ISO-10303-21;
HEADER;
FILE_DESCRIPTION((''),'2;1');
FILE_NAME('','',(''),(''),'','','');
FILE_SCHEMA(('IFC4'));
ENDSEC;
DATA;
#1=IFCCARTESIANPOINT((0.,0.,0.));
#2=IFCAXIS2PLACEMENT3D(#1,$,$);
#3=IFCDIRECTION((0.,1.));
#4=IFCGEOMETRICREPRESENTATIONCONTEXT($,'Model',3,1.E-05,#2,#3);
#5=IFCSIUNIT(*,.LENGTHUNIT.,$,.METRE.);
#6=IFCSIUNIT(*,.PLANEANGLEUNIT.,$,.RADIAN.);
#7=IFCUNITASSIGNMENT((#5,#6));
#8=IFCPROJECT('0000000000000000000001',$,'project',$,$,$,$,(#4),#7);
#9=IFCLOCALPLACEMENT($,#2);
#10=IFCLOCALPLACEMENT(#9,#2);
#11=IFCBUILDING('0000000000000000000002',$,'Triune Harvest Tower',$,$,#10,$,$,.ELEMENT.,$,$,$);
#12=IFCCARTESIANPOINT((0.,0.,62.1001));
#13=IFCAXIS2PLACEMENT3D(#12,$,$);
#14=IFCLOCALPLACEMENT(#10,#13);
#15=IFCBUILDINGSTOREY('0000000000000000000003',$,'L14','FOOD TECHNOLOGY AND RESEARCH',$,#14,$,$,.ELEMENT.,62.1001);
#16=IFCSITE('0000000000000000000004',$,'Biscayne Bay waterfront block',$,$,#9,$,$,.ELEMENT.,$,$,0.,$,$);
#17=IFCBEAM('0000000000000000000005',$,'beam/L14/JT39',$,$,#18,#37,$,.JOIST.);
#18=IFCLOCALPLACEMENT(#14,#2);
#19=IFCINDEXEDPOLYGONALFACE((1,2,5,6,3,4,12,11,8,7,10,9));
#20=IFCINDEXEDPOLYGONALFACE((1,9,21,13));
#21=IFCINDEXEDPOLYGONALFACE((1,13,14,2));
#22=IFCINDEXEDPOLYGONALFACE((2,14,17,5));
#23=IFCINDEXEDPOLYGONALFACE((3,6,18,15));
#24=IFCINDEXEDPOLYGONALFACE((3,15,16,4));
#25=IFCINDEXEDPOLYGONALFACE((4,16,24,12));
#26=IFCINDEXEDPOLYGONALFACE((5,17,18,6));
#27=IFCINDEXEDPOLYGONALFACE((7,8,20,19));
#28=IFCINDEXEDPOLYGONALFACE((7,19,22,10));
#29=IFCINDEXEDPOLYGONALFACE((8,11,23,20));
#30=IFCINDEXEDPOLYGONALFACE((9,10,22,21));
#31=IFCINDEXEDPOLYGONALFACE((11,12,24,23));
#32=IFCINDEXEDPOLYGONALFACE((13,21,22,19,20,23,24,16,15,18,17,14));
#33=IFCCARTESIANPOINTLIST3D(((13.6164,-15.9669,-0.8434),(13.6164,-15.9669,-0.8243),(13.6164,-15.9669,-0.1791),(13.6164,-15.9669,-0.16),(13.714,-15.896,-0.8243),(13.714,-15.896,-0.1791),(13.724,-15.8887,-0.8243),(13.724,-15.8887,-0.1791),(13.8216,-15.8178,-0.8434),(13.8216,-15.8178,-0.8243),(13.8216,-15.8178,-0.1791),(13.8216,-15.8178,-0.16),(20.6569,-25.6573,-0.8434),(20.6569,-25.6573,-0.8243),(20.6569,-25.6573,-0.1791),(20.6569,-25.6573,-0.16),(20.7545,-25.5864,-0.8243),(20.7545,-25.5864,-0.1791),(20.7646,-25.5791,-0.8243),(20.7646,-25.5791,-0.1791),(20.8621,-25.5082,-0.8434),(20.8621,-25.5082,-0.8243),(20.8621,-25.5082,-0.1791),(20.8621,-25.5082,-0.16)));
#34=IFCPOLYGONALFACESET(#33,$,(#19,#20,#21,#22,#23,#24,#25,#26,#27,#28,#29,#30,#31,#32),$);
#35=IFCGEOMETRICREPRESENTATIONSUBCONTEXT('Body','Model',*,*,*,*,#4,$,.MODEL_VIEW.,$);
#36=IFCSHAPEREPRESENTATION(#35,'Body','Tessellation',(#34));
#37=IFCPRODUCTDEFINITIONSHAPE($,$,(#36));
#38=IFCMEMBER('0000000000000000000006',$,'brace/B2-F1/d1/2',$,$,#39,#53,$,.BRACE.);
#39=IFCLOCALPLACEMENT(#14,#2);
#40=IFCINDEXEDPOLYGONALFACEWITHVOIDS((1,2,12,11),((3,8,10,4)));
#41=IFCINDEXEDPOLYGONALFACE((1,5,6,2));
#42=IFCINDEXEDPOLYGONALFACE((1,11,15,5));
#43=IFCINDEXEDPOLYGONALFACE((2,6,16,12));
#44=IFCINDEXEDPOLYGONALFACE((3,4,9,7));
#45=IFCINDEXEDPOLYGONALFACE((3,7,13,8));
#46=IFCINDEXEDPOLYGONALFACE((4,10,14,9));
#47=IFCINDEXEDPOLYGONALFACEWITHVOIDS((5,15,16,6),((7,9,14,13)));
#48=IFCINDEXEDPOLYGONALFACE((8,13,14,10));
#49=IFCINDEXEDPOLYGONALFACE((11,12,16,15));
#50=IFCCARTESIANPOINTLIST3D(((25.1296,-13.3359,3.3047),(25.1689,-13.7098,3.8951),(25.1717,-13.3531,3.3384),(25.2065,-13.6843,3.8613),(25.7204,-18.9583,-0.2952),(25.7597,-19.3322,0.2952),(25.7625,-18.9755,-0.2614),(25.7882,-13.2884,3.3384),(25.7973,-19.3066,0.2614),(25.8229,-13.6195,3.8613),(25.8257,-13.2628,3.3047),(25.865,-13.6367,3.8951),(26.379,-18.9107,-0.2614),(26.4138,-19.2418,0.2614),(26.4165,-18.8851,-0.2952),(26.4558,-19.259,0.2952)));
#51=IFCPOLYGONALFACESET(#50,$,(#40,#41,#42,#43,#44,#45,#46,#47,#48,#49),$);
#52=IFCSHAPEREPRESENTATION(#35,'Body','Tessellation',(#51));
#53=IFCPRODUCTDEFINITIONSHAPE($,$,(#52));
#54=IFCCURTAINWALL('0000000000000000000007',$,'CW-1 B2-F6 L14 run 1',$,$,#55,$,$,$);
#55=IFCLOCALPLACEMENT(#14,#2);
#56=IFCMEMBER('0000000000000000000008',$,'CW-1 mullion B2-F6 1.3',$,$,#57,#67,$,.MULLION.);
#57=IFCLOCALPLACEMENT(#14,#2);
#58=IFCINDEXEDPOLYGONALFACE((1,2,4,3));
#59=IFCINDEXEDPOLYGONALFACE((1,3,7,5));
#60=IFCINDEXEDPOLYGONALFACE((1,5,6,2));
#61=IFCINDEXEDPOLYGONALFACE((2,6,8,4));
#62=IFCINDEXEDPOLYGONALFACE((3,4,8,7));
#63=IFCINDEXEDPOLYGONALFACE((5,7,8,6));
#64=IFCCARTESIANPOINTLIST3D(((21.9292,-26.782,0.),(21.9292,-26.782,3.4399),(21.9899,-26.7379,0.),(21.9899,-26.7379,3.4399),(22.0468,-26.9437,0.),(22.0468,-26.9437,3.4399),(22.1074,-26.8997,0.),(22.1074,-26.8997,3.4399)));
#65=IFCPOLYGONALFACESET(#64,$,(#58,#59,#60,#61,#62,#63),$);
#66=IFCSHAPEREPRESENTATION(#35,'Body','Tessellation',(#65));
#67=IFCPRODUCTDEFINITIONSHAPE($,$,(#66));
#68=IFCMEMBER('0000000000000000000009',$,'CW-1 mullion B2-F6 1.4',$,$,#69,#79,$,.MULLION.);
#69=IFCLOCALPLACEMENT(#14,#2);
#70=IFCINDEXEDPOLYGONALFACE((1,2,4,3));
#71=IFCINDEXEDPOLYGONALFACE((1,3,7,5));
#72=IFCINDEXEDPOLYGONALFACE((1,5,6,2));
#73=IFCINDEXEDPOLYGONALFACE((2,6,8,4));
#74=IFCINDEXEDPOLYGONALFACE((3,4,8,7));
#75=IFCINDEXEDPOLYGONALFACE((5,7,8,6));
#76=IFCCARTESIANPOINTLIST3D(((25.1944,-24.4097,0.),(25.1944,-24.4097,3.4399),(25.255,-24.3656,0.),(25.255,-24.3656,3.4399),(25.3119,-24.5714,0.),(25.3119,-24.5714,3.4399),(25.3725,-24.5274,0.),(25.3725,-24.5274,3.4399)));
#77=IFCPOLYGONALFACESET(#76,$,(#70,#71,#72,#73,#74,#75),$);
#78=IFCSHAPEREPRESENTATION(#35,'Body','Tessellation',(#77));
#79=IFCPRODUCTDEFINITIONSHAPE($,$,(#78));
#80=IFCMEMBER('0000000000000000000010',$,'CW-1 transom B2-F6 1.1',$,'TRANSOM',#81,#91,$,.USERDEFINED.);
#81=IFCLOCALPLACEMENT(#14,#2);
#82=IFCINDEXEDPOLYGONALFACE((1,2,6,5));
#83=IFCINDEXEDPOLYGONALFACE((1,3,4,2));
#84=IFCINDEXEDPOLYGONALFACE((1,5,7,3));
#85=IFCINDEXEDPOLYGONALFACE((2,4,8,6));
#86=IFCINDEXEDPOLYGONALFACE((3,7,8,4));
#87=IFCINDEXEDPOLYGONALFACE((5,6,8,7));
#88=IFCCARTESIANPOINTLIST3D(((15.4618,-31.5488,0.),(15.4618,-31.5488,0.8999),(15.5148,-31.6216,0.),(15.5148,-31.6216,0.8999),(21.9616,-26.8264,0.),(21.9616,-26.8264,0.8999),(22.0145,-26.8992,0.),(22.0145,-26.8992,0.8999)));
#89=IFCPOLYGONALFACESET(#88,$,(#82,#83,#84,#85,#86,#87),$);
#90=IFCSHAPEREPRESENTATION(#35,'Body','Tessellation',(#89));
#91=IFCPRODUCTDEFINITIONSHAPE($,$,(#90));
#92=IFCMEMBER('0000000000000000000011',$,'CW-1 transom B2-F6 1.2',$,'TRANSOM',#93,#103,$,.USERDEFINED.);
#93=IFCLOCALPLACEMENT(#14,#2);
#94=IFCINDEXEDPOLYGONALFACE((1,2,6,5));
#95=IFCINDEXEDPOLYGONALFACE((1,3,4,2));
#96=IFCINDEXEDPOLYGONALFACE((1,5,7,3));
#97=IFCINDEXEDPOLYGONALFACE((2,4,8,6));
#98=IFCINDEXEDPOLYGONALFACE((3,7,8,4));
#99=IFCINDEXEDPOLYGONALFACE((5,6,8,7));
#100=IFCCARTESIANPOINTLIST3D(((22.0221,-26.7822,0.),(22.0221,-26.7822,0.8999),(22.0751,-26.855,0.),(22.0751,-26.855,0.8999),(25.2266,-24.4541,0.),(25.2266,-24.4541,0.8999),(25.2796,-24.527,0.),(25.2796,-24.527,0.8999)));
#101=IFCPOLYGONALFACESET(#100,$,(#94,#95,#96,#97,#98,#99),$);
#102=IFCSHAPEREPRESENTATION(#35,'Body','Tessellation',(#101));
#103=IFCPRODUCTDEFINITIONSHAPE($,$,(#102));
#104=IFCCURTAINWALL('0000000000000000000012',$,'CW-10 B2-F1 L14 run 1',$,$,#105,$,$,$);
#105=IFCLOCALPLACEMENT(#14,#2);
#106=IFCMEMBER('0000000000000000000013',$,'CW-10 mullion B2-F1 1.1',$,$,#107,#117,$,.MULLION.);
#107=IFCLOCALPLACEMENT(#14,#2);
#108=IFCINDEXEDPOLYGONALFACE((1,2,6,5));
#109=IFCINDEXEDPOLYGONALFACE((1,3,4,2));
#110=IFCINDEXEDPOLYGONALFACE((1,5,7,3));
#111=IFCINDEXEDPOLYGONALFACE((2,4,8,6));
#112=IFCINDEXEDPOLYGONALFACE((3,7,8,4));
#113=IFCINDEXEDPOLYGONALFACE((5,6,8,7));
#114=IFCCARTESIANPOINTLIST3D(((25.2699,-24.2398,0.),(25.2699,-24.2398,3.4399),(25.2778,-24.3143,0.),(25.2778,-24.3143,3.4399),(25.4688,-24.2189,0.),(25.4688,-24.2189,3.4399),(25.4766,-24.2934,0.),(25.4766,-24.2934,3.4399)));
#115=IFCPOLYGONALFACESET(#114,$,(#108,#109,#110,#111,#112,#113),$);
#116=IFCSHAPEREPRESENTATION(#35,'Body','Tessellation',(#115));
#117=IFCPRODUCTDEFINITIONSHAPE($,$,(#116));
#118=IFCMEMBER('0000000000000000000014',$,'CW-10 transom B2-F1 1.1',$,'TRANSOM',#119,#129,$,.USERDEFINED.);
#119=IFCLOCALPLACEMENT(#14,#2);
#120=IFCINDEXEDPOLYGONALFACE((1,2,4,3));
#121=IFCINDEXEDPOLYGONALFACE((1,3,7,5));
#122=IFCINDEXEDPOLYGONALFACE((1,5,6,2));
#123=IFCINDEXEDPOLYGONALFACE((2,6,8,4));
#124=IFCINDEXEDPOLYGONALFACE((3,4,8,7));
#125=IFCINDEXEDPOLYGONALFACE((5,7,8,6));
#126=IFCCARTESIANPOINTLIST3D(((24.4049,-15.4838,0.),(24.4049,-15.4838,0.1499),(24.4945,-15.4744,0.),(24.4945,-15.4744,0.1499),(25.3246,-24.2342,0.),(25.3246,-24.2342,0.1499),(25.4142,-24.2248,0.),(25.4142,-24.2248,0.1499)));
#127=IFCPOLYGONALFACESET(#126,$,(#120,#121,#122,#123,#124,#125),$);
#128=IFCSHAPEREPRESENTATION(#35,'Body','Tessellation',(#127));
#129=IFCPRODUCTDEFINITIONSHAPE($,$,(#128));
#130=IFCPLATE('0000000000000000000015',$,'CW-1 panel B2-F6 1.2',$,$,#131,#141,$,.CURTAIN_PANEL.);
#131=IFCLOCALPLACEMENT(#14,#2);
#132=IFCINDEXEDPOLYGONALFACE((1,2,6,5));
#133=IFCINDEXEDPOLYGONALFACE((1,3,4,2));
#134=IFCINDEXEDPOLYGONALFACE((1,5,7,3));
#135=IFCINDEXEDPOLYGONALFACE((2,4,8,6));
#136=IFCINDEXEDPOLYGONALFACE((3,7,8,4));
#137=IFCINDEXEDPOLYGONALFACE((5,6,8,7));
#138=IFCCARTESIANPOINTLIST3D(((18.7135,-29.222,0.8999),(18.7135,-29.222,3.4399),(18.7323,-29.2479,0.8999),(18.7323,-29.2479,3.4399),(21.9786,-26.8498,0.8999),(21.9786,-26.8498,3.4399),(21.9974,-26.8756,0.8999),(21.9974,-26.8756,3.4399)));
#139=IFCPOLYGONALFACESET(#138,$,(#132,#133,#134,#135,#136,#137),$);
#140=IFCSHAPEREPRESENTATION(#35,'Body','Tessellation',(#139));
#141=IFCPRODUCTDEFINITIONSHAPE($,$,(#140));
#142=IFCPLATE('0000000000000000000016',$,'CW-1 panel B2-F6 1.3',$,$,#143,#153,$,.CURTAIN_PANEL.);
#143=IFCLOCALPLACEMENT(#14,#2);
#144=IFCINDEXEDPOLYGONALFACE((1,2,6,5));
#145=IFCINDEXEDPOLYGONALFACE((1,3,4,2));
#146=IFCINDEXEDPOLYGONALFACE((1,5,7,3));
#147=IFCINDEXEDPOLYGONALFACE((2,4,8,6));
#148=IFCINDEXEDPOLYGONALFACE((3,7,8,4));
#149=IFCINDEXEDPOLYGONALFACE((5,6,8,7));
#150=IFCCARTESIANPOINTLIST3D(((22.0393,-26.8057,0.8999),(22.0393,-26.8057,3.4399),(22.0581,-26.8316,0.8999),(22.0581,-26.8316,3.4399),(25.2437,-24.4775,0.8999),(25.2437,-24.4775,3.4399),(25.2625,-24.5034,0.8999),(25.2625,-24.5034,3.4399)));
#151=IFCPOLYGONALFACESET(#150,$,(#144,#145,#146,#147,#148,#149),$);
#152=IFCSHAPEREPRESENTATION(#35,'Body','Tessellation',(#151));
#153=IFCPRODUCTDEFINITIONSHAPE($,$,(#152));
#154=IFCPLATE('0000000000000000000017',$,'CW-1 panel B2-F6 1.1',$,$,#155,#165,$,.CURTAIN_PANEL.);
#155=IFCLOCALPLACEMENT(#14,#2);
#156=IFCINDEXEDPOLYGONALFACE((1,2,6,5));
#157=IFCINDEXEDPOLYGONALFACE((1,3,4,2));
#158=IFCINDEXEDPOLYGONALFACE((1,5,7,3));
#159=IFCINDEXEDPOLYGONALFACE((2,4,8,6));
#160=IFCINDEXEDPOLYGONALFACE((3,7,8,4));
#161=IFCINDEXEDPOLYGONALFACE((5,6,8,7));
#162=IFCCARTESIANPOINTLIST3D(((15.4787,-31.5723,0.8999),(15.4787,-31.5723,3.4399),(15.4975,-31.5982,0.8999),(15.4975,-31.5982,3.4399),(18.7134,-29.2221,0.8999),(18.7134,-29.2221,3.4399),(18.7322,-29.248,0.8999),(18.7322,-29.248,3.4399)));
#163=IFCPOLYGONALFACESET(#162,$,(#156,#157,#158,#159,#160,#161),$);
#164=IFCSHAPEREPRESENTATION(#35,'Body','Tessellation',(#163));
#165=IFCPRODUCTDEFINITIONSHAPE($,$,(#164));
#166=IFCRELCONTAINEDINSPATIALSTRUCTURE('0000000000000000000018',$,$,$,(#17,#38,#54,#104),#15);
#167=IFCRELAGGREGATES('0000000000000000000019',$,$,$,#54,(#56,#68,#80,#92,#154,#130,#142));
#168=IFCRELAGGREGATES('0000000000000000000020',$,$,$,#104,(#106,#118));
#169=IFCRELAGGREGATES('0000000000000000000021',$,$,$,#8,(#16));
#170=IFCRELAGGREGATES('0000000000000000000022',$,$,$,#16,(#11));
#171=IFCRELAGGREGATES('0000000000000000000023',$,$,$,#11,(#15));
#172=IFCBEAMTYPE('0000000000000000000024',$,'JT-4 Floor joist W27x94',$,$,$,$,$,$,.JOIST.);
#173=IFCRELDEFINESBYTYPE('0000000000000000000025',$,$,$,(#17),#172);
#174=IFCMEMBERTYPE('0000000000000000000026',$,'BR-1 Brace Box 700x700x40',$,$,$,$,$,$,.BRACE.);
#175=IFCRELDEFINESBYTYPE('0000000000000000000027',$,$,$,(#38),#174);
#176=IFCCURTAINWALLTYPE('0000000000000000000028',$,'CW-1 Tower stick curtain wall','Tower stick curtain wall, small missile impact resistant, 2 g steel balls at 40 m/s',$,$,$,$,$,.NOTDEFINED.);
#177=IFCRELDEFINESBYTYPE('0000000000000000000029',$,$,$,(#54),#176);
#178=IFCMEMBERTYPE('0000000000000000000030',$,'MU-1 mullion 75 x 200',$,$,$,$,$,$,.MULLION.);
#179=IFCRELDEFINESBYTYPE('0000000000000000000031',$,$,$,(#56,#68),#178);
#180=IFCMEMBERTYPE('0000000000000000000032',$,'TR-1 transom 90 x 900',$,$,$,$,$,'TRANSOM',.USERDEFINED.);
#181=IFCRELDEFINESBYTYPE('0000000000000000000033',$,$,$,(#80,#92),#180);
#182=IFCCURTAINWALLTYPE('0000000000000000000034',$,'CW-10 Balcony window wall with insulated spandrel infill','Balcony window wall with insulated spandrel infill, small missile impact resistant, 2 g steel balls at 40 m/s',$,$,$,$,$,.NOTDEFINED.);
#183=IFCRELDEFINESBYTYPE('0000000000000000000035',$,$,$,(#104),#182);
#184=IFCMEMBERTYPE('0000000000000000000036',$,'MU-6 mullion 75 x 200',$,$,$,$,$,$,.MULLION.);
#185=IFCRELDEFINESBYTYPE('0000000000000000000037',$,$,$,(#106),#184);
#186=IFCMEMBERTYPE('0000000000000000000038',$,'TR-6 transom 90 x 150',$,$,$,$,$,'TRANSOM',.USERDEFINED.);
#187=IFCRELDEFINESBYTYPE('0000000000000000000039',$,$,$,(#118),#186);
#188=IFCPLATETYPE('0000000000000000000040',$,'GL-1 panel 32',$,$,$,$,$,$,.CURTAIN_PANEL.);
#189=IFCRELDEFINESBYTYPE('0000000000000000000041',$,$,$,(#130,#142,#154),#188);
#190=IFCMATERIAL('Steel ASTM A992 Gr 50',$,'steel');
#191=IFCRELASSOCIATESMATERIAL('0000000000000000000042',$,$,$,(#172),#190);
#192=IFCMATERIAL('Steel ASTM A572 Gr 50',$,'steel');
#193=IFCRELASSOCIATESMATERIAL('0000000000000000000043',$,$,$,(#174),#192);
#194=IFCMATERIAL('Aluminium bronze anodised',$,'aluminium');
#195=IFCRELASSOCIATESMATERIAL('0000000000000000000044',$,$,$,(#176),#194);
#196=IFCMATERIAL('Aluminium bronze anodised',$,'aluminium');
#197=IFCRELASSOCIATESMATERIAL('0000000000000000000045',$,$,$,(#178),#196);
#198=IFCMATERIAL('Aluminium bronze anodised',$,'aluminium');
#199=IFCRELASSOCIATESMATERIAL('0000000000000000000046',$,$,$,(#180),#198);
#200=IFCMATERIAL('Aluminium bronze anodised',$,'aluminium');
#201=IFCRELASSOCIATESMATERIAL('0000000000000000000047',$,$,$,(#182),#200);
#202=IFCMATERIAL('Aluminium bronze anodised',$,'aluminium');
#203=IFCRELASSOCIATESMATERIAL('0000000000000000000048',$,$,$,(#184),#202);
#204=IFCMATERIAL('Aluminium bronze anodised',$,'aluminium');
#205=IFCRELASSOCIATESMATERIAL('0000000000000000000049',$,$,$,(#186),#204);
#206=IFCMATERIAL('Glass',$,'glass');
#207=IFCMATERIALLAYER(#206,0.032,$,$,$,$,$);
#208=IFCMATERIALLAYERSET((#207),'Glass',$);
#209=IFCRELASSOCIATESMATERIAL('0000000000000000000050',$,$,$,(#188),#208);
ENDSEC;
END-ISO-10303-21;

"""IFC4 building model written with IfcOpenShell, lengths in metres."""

from ifc_helpers import new_model, si_unit, direction, frame, origin, origin_2d, place, context, subcontext, project, spatial, rectangle, hollow_rectangle, i_section, extrude, source, transform, mapped, material, layer, layer_set, material_profile, profile_set, type_object, element, aggregate, save


model = new_model("IFC4")

# Units and contexts
model_context = context("Model", 3, precision=1e-05, world=origin(), true_north=direction((0.0, 1.0)))
body_context = subcontext(model_context, "Body", "Model", "MODEL_VIEW")
ifc_project = project(units=[si_unit("LENGTHUNIT", "METRE"), si_unit("PLANEANGLEUNIT", "RADIAN")], contexts=[model_context])

# Site, building, storey
site_placement = place(None, origin())
site = spatial("IfcSite", under=ifc_project, at=site_placement, Name="Biscayne Bay waterfront block", CompositionType="ELEMENT", RefElevation=0.0)
building_placement = place(site_placement, origin())
building = spatial("IfcBuilding", under=site, at=building_placement, Name="Triune Harvest Tower", CompositionType="ELEMENT")
storey_placement = place(building_placement, frame((0.0, 0.0, 62.1001)))
storey = spatial("IfcBuildingStorey", under=building, at=storey_placement, Name="L14", Description="FOOD TECHNOLOGY AND RESEARCH", CompositionType="ELEMENT", Elevation=62.1001)

# Beam
ifc_material_1 = material(Name="Steel ASTM A992 Gr 50", Category="steel")
ifc_material_profile_1 = material_profile(ifc_material_1, i_section(OverallWidth=0.2537, OverallDepth=0.6833, WebThickness=0.0125, FlangeThickness=0.019, at=origin_2d()), Name="W27x94")
ifc_profile_set_1 = profile_set([ifc_material_profile_1], Name="Steel ASTM A992 Gr 50")
beam_type_1 = type_object("IfcBeamType", Name="JT-4 Floor joist W27x94", PredefinedType="JOIST", material=ifc_profile_set_1)
shared_shape_1 = source(origin(), body_context, "Body", "SweptSolid", [
    extrude(i_section(OverallWidth=0.2537, OverallDepth=0.6833, WebThickness=0.0125, FlangeThickness=0.019, at=origin_2d()), origin(), (0.0, 0.0, 1.0), 11.978),
])
beam_1_placement = place(storey_placement, frame((20.7595, -25.5828, -0.5017), z_axis=(-0.587786, 0.809016, 0.0), x_axis=(-0.809016, -0.587786, 0.0)))
element("IfcBeam", 1, at=beam_1_placement, inside=storey, type_object=beam_type_1, Name="beam/L14/JT39", PredefinedType="JOIST", context=body_context, shape_type="MappedRepresentation", body=[
    mapped(shared_shape_1, transform((0.0, 0.0, 0.0), scale=1.0)),
])

# Member
ifc_material_2 = material(Name="Steel ASTM A572 Gr 50", Category="steel")
ifc_material_profile_2 = material_profile(ifc_material_2, hollow_rectangle(XDim=0.7, YDim=0.7, WallThickness=0.04, at=origin_2d()), Name="Box 700x700x40")
ifc_profile_set_2 = profile_set([ifc_material_profile_2], Name="Steel ASTM A572 Gr 50")
member_type_1 = type_object("IfcMemberType", Name="BR-1 Brace Box 700x700x40", PredefinedType="BRACE", material=ifc_profile_set_2)
shared_shape_2 = source(origin(), body_context, "Body", "SweptSolid", [
    extrude(hollow_rectangle(XDim=0.7, YDim=0.7, WallThickness=0.04, at=origin_2d()), origin(), (0.0, 0.0, 1.0), 6.7021),
])
member_1_placement = place(storey_placement, frame((26.0881, -19.1086, 0.0), z_axis=(-0.088154, 0.838886, 0.537121), x_axis=(-0.994524, -0.104509, 0.0)))
element("IfcMember", 2, at=member_1_placement, inside=storey, type_object=member_type_1, Name="brace/B2-F1/d1/2", PredefinedType="BRACE", context=body_context, shape_type="MappedRepresentation", body=[
    mapped(shared_shape_2, transform((0.0, 0.0, 0.0), scale=1.0)),
])

# Curtain walls, members
ifc_material_3 = material(Name="Aluminium bronze anodised", Category="aluminium")
curtain_wall_type_1 = type_object("IfcCurtainWallType", Name="CW-1 Tower stick curtain wall", Description="Tower stick curtain wall, small missile impact resistant, 2 g steel balls at 40 m/s", PredefinedType="NOTDEFINED", material=ifc_material_3)
curtain_wall_1_placement = place(storey_placement, origin())
curtain_wall_1 = element("IfcCurtainWall", 3, at=curtain_wall_1_placement, inside=storey, type_object=curtain_wall_type_1, Name="CW-1 B2-F6 L14 run 1")
ifc_material_4 = material(Name="Aluminium bronze anodised", Category="aluminium")
ifc_material_profile_3 = material_profile(ifc_material_4, rectangle(XDim=0.2, YDim=0.075, at=origin_2d()), Name="MU-1 mullion 75 x 200")
ifc_profile_set_3 = profile_set([ifc_material_profile_3], Name="Aluminium bronze anodised")
member_type_2 = type_object("IfcMemberType", Name="MU-1 mullion 75 x 200", PredefinedType="MULLION", material=ifc_profile_set_3)
shared_shape_3 = source(origin(), body_context, "Body", "SweptSolid", [
    extrude(rectangle(XDim=0.2, YDim=0.075, at=origin_2d()), origin(), (0.0, 0.0, 1.0), 3.4399),
])
member_2_placement = place(storey_placement, frame((22.0183, -26.8408, 0.0), z_axis=(0.0, 0.0, 1.0), x_axis=(-0.58779, 0.809013, 0.0)))
member_2 = element("IfcMember", 4, at=member_2_placement, type_object=member_type_2, Name="CW-1 mullion B2-F6 1.3", PredefinedType="MULLION", context=body_context, shape_type="MappedRepresentation", body=[
    mapped(shared_shape_3, transform((0.0, 0.0, 0.0), scale=1.0)),
])
member_3_placement = place(storey_placement, frame((25.2834, -24.4685, 0.0), z_axis=(0.0, 0.0, 1.0), x_axis=(-0.58779, 0.809013, 0.0)))
member_3 = element("IfcMember", 5, at=member_3_placement, type_object=member_type_2, Name="CW-1 mullion B2-F6 1.4", PredefinedType="MULLION", context=body_context, shape_type="MappedRepresentation", body=[
    mapped(shared_shape_3, transform((0.0, 0.0, 0.0), scale=1.0)),
])
ifc_material_5 = material(Name="Aluminium bronze anodised", Category="aluminium")
ifc_material_profile_4 = material_profile(ifc_material_5, rectangle(XDim=0.0901, YDim=0.8999, at=origin_2d()), Name="TR-1 transom 90 x 900")
ifc_profile_set_4 = profile_set([ifc_material_profile_4], Name="Aluminium bronze anodised")
member_type_3 = type_object("IfcMemberType", Name="TR-1 transom 90 x 900", ElementType="TRANSOM", PredefinedType="USERDEFINED", material=ifc_profile_set_4)
shared_shape_4 = source(origin(), body_context, "Body", "SweptSolid", [
    extrude(rectangle(XDim=0.0901, YDim=0.8999, at=origin_2d()), origin(), (0.0, 0.0, 1.0), 8.0342),
])
member_4_placement = place(storey_placement, frame((15.4883, -31.5852, 0.45), z_axis=(0.809013, 0.58779, 0.0), x_axis=(-0.58779, 0.809013, 0.0)))
member_4 = element("IfcMember", 6, at=member_4_placement, type_object=member_type_3, Name="CW-1 transom B2-F6 1.1", ObjectType="TRANSOM", PredefinedType="USERDEFINED", context=body_context, shape_type="MappedRepresentation", body=[
    mapped(shared_shape_4, transform((0.0, 0.0, 0.0), scale=1.0)),
])
shared_shape_5 = source(origin(), body_context, "Body", "SweptSolid", [
    extrude(rectangle(XDim=0.0901, YDim=0.8999, at=origin_2d()), origin(), (0.0, 0.0, 1.0), 3.9609),
])
member_5_placement = place(storey_placement, frame((22.0486, -26.8186, 0.45), z_axis=(0.809034, 0.587761, 0.0), x_axis=(-0.587761, 0.809034, 0.0)))
member_5 = element("IfcMember", 7, at=member_5_placement, type_object=member_type_3, Name="CW-1 transom B2-F6 1.2", ObjectType="TRANSOM", PredefinedType="USERDEFINED", context=body_context, shape_type="MappedRepresentation", body=[
    mapped(shared_shape_5, transform((0.0, 0.0, 0.0), scale=1.0)),
])
ifc_material_6 = material(Name="Aluminium bronze anodised", Category="aluminium")
curtain_wall_type_2 = type_object("IfcCurtainWallType", Name="CW-10 Balcony window wall with insulated spandrel infill", Description="Balcony window wall with insulated spandrel infill, small missile impact resistant, 2 g steel balls at 40 m/s", PredefinedType="NOTDEFINED", material=ifc_material_6)
curtain_wall_2_placement = place(storey_placement, origin())
curtain_wall_2 = element("IfcCurtainWall", 8, at=curtain_wall_2_placement, inside=storey, type_object=curtain_wall_type_2, Name="CW-10 B2-F1 L14 run 1")
ifc_material_7 = material(Name="Aluminium bronze anodised", Category="aluminium")
ifc_material_profile_5 = material_profile(ifc_material_7, rectangle(XDim=0.2, YDim=0.075, at=origin_2d()), Name="MU-6 mullion 75 x 200")
ifc_profile_set_5 = profile_set([ifc_material_profile_5], Name="Aluminium bronze anodised")
member_type_4 = type_object("IfcMemberType", Name="MU-6 mullion 75 x 200", PredefinedType="MULLION", material=ifc_profile_set_5)
shared_shape_6 = source(origin(), body_context, "Body", "SweptSolid", [
    extrude(rectangle(XDim=0.2, YDim=0.075, at=origin_2d()), origin(), (0.0, 0.0, 1.0), 3.4399),
])
member_6_placement = place(storey_placement, frame((25.3733, -24.2666, 0.0), z_axis=(0.0, 0.0, 1.0), x_axis=(-0.994522, -0.104528, 0.0)))
member_6 = element("IfcMember", 9, at=member_6_placement, type_object=member_type_4, Name="CW-10 mullion B2-F1 1.1", PredefinedType="MULLION", context=body_context, shape_type="MappedRepresentation", body=[
    mapped(shared_shape_6, transform((0.0, 0.0, 0.0), scale=1.0)),
])
ifc_material_8 = material(Name="Aluminium bronze anodised", Category="aluminium")
ifc_material_profile_6 = material_profile(ifc_material_8, rectangle(XDim=0.0901, YDim=0.1499, at=origin_2d()), Name="TR-6 transom 90 x 150")
ifc_profile_set_6 = profile_set([ifc_material_profile_6], Name="Aluminium bronze anodised")
member_type_5 = type_object("IfcMemberType", Name="TR-6 transom 90 x 150", ElementType="TRANSOM", PredefinedType="USERDEFINED", material=ifc_profile_set_6)
shared_shape_7 = source(origin(), body_context, "Body", "SweptSolid", [
    extrude(rectangle(XDim=0.0901, YDim=0.1499, at=origin_2d()), origin(), (0.0, 0.0, 1.0), 8.7986),
])
member_7_placement = place(storey_placement, frame((25.3694, -24.2295, 0.075), z_axis=(-0.104524, 0.994522, 0.0), x_axis=(-0.994522, -0.104524, 0.0)))
member_7 = element("IfcMember", 10, at=member_7_placement, type_object=member_type_5, Name="CW-10 transom B2-F1 1.1", ObjectType="TRANSOM", PredefinedType="USERDEFINED", context=body_context, shape_type="MappedRepresentation", body=[
    mapped(shared_shape_7, transform((0.0, 0.0, 0.0), scale=1.0)),
])

# Plates
ifc_material_9 = material(Name="Glass", Category="glass")
ifc_layer_1 = layer(ifc_material_9, 0.032)
ifc_layer_set_1 = layer_set([ifc_layer_1], Name="Glass")
plate_type_1 = type_object("IfcPlateType", Name="GL-1 panel 32", PredefinedType="CURTAIN_PANEL", material=ifc_layer_set_1)
shared_shape_8 = source(origin(), body_context, "Body", "SweptSolid", [
    extrude(rectangle(XDim=4.0359, YDim=0.032, at=origin_2d()), origin(), (0.0, 0.0, 1.0), 2.54),
])
plate_1_placement = place(storey_placement, frame((20.3555, -28.0488, 0.8999), z_axis=(0.0, 0.0, 1.0), x_axis=(0.809013, 0.58779, 0.0)))
plate_1 = element("IfcPlate", 11, at=plate_1_placement, type_object=plate_type_1, Name="CW-1 panel B2-F6 1.2", PredefinedType="CURTAIN_PANEL", context=body_context, shape_type="MappedRepresentation", body=[
    mapped(shared_shape_8, transform((0.0, 0.0, 0.0), scale=1.0)),
])
shared_shape_9 = source(origin(), body_context, "Body", "SweptSolid", [
    extrude(rectangle(XDim=3.9609, YDim=0.032, at=origin_2d()), origin(), (0.0, 0.0, 1.0), 2.54),
])
plate_2_placement = place(storey_placement, frame((23.6509, -25.6545, 0.8999), z_axis=(0.0, 0.0, 1.0), x_axis=(0.809013, 0.58779, 0.0)))
plate_2 = element("IfcPlate", 12, at=plate_2_placement, type_object=plate_type_1, Name="CW-1 panel B2-F6 1.3", PredefinedType="CURTAIN_PANEL", context=body_context, shape_type="MappedRepresentation", body=[
    mapped(shared_shape_9, transform((0.0, 0.0, 0.0), scale=1.0)),
])
shared_shape_10 = source(origin(), body_context, "Body", "SweptSolid", [
    extrude(rectangle(XDim=3.9983, YDim=0.032, at=origin_2d()), origin(), (0.0, 0.0, 1.0), 2.54),
])
plate_3_placement = place(storey_placement, frame((17.1055, -30.4102, 0.8999), z_axis=(0.0, 0.0, 1.0), x_axis=(0.809013, 0.58779, 0.0)))
plate_3 = element("IfcPlate", 13, at=plate_3_placement, type_object=plate_type_1, Name="CW-1 panel B2-F6 1.1", PredefinedType="CURTAIN_PANEL", context=body_context, shape_type="MappedRepresentation", body=[
    mapped(shared_shape_10, transform((0.0, 0.0, 0.0), scale=1.0)),
])
aggregate(curtain_wall_1, [member_2, member_3, member_4, member_5, plate_3, plate_1, plate_2])
aggregate(curtain_wall_2, [member_6, member_7])

save(model, "model.ifc")
